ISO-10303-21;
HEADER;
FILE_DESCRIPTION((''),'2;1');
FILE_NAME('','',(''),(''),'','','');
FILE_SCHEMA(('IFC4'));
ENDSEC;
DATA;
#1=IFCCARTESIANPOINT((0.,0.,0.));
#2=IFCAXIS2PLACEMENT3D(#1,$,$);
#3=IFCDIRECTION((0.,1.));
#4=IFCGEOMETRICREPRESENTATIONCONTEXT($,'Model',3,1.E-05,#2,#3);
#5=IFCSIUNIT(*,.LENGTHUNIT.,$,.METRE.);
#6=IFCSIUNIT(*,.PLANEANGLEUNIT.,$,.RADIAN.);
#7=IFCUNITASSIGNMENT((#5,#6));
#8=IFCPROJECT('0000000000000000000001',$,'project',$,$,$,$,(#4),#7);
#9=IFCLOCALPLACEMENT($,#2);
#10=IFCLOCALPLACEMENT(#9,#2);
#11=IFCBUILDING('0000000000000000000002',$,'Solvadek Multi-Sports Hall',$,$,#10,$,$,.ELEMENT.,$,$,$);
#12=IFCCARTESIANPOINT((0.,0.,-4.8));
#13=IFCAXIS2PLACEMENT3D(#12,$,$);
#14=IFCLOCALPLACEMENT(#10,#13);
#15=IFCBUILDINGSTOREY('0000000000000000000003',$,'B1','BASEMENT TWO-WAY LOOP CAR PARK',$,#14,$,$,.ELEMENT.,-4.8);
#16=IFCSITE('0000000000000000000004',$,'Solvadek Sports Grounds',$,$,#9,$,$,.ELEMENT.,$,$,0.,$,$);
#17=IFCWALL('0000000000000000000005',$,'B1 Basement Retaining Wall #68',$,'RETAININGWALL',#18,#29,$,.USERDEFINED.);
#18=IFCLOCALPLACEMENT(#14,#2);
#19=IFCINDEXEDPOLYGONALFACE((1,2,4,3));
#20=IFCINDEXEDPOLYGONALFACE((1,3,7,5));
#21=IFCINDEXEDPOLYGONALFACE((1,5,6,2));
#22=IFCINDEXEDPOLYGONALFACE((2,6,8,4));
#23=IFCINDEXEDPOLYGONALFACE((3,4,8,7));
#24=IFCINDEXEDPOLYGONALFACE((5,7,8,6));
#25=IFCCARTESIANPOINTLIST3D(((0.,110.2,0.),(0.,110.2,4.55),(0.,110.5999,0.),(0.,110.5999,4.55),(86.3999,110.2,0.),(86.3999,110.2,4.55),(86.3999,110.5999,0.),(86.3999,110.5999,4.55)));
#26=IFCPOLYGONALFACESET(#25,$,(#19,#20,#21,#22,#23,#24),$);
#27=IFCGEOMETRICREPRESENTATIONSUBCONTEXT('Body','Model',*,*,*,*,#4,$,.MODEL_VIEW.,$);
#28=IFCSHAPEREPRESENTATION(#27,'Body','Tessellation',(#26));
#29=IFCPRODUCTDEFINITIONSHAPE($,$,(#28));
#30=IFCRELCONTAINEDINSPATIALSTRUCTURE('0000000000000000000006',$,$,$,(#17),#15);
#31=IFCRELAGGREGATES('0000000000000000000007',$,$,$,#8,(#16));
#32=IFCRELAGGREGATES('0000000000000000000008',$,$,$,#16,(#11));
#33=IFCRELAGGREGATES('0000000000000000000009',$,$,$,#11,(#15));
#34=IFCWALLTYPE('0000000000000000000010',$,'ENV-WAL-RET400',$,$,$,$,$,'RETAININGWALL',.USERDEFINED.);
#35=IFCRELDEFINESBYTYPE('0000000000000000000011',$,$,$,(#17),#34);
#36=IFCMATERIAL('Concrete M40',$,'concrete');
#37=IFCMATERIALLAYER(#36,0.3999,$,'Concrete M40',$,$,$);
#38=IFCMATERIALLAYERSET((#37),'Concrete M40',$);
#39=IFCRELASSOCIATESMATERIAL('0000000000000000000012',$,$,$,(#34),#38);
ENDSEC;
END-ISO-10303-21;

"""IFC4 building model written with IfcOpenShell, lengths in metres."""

from ifc_helpers import new_model, si_unit, direction, frame, frame_2d, origin, place, context, subcontext, project, spatial, rectangle, extrude, material, layer, layer_set, type_object, element, save


model = new_model("IFC4")

# Units and contexts
model_context = context("Model", 3, precision=1e-05, world=origin(), true_north=direction((0.0, 1.0)))
body_context = subcontext(model_context, "Body", "Model", "MODEL_VIEW")
ifc_project = project(units=[si_unit("LENGTHUNIT", "METRE"), si_unit("PLANEANGLEUNIT", "RADIAN")], contexts=[model_context])

# Site, building, storey
site_placement = place(None, origin())
site = spatial("IfcSite", under=ifc_project, at=site_placement, Name="Solvadek Sports Grounds", CompositionType="ELEMENT", RefElevation=0.0)
building_placement = place(site_placement, origin())
building = spatial("IfcBuilding", under=site, at=building_placement, Name="Solvadek Multi-Sports Hall", CompositionType="ELEMENT")
storey_placement = place(building_placement, frame((0.0, 0.0, -4.8)))
storey = spatial("IfcBuildingStorey", under=building, at=storey_placement, Name="B1", Description="BASEMENT TWO-WAY LOOP CAR PARK", CompositionType="ELEMENT", Elevation=-4.8)

# Shared definitions
ifc_material_1 = material(Name="Concrete M40", Category="concrete")

# Wall
ifc_layer_1 = layer(ifc_material_1, 0.3999, Name="Concrete M40")
ifc_layer_set_1 = layer_set([ifc_layer_1], Name="Concrete M40")
wall_type = type_object("IfcWallType", Name="ENV-WAL-RET400", ElementType="RETAININGWALL", PredefinedType="USERDEFINED", material=ifc_layer_set_1)
wall_placement = place(storey_placement, frame((86.3999, 110.3999, 0.0), z_axis=(0.0, 0.0, 1.0), x_axis=(-1.0, 0.0, 0.0)))
element("IfcWall", 1, at=wall_placement, inside=storey, type_object=wall_type, Name="B1 Basement Retaining Wall #68", ObjectType="RETAININGWALL", PredefinedType="USERDEFINED", context=body_context, shape_type="SweptSolid", body=[
    extrude(rectangle(XDim=86.3999, YDim=0.3999, at=frame_2d((43.2, 0.0))), origin(), (0.0, 0.0, 1.0), 4.55),
])

save(model, "model.ifc")
